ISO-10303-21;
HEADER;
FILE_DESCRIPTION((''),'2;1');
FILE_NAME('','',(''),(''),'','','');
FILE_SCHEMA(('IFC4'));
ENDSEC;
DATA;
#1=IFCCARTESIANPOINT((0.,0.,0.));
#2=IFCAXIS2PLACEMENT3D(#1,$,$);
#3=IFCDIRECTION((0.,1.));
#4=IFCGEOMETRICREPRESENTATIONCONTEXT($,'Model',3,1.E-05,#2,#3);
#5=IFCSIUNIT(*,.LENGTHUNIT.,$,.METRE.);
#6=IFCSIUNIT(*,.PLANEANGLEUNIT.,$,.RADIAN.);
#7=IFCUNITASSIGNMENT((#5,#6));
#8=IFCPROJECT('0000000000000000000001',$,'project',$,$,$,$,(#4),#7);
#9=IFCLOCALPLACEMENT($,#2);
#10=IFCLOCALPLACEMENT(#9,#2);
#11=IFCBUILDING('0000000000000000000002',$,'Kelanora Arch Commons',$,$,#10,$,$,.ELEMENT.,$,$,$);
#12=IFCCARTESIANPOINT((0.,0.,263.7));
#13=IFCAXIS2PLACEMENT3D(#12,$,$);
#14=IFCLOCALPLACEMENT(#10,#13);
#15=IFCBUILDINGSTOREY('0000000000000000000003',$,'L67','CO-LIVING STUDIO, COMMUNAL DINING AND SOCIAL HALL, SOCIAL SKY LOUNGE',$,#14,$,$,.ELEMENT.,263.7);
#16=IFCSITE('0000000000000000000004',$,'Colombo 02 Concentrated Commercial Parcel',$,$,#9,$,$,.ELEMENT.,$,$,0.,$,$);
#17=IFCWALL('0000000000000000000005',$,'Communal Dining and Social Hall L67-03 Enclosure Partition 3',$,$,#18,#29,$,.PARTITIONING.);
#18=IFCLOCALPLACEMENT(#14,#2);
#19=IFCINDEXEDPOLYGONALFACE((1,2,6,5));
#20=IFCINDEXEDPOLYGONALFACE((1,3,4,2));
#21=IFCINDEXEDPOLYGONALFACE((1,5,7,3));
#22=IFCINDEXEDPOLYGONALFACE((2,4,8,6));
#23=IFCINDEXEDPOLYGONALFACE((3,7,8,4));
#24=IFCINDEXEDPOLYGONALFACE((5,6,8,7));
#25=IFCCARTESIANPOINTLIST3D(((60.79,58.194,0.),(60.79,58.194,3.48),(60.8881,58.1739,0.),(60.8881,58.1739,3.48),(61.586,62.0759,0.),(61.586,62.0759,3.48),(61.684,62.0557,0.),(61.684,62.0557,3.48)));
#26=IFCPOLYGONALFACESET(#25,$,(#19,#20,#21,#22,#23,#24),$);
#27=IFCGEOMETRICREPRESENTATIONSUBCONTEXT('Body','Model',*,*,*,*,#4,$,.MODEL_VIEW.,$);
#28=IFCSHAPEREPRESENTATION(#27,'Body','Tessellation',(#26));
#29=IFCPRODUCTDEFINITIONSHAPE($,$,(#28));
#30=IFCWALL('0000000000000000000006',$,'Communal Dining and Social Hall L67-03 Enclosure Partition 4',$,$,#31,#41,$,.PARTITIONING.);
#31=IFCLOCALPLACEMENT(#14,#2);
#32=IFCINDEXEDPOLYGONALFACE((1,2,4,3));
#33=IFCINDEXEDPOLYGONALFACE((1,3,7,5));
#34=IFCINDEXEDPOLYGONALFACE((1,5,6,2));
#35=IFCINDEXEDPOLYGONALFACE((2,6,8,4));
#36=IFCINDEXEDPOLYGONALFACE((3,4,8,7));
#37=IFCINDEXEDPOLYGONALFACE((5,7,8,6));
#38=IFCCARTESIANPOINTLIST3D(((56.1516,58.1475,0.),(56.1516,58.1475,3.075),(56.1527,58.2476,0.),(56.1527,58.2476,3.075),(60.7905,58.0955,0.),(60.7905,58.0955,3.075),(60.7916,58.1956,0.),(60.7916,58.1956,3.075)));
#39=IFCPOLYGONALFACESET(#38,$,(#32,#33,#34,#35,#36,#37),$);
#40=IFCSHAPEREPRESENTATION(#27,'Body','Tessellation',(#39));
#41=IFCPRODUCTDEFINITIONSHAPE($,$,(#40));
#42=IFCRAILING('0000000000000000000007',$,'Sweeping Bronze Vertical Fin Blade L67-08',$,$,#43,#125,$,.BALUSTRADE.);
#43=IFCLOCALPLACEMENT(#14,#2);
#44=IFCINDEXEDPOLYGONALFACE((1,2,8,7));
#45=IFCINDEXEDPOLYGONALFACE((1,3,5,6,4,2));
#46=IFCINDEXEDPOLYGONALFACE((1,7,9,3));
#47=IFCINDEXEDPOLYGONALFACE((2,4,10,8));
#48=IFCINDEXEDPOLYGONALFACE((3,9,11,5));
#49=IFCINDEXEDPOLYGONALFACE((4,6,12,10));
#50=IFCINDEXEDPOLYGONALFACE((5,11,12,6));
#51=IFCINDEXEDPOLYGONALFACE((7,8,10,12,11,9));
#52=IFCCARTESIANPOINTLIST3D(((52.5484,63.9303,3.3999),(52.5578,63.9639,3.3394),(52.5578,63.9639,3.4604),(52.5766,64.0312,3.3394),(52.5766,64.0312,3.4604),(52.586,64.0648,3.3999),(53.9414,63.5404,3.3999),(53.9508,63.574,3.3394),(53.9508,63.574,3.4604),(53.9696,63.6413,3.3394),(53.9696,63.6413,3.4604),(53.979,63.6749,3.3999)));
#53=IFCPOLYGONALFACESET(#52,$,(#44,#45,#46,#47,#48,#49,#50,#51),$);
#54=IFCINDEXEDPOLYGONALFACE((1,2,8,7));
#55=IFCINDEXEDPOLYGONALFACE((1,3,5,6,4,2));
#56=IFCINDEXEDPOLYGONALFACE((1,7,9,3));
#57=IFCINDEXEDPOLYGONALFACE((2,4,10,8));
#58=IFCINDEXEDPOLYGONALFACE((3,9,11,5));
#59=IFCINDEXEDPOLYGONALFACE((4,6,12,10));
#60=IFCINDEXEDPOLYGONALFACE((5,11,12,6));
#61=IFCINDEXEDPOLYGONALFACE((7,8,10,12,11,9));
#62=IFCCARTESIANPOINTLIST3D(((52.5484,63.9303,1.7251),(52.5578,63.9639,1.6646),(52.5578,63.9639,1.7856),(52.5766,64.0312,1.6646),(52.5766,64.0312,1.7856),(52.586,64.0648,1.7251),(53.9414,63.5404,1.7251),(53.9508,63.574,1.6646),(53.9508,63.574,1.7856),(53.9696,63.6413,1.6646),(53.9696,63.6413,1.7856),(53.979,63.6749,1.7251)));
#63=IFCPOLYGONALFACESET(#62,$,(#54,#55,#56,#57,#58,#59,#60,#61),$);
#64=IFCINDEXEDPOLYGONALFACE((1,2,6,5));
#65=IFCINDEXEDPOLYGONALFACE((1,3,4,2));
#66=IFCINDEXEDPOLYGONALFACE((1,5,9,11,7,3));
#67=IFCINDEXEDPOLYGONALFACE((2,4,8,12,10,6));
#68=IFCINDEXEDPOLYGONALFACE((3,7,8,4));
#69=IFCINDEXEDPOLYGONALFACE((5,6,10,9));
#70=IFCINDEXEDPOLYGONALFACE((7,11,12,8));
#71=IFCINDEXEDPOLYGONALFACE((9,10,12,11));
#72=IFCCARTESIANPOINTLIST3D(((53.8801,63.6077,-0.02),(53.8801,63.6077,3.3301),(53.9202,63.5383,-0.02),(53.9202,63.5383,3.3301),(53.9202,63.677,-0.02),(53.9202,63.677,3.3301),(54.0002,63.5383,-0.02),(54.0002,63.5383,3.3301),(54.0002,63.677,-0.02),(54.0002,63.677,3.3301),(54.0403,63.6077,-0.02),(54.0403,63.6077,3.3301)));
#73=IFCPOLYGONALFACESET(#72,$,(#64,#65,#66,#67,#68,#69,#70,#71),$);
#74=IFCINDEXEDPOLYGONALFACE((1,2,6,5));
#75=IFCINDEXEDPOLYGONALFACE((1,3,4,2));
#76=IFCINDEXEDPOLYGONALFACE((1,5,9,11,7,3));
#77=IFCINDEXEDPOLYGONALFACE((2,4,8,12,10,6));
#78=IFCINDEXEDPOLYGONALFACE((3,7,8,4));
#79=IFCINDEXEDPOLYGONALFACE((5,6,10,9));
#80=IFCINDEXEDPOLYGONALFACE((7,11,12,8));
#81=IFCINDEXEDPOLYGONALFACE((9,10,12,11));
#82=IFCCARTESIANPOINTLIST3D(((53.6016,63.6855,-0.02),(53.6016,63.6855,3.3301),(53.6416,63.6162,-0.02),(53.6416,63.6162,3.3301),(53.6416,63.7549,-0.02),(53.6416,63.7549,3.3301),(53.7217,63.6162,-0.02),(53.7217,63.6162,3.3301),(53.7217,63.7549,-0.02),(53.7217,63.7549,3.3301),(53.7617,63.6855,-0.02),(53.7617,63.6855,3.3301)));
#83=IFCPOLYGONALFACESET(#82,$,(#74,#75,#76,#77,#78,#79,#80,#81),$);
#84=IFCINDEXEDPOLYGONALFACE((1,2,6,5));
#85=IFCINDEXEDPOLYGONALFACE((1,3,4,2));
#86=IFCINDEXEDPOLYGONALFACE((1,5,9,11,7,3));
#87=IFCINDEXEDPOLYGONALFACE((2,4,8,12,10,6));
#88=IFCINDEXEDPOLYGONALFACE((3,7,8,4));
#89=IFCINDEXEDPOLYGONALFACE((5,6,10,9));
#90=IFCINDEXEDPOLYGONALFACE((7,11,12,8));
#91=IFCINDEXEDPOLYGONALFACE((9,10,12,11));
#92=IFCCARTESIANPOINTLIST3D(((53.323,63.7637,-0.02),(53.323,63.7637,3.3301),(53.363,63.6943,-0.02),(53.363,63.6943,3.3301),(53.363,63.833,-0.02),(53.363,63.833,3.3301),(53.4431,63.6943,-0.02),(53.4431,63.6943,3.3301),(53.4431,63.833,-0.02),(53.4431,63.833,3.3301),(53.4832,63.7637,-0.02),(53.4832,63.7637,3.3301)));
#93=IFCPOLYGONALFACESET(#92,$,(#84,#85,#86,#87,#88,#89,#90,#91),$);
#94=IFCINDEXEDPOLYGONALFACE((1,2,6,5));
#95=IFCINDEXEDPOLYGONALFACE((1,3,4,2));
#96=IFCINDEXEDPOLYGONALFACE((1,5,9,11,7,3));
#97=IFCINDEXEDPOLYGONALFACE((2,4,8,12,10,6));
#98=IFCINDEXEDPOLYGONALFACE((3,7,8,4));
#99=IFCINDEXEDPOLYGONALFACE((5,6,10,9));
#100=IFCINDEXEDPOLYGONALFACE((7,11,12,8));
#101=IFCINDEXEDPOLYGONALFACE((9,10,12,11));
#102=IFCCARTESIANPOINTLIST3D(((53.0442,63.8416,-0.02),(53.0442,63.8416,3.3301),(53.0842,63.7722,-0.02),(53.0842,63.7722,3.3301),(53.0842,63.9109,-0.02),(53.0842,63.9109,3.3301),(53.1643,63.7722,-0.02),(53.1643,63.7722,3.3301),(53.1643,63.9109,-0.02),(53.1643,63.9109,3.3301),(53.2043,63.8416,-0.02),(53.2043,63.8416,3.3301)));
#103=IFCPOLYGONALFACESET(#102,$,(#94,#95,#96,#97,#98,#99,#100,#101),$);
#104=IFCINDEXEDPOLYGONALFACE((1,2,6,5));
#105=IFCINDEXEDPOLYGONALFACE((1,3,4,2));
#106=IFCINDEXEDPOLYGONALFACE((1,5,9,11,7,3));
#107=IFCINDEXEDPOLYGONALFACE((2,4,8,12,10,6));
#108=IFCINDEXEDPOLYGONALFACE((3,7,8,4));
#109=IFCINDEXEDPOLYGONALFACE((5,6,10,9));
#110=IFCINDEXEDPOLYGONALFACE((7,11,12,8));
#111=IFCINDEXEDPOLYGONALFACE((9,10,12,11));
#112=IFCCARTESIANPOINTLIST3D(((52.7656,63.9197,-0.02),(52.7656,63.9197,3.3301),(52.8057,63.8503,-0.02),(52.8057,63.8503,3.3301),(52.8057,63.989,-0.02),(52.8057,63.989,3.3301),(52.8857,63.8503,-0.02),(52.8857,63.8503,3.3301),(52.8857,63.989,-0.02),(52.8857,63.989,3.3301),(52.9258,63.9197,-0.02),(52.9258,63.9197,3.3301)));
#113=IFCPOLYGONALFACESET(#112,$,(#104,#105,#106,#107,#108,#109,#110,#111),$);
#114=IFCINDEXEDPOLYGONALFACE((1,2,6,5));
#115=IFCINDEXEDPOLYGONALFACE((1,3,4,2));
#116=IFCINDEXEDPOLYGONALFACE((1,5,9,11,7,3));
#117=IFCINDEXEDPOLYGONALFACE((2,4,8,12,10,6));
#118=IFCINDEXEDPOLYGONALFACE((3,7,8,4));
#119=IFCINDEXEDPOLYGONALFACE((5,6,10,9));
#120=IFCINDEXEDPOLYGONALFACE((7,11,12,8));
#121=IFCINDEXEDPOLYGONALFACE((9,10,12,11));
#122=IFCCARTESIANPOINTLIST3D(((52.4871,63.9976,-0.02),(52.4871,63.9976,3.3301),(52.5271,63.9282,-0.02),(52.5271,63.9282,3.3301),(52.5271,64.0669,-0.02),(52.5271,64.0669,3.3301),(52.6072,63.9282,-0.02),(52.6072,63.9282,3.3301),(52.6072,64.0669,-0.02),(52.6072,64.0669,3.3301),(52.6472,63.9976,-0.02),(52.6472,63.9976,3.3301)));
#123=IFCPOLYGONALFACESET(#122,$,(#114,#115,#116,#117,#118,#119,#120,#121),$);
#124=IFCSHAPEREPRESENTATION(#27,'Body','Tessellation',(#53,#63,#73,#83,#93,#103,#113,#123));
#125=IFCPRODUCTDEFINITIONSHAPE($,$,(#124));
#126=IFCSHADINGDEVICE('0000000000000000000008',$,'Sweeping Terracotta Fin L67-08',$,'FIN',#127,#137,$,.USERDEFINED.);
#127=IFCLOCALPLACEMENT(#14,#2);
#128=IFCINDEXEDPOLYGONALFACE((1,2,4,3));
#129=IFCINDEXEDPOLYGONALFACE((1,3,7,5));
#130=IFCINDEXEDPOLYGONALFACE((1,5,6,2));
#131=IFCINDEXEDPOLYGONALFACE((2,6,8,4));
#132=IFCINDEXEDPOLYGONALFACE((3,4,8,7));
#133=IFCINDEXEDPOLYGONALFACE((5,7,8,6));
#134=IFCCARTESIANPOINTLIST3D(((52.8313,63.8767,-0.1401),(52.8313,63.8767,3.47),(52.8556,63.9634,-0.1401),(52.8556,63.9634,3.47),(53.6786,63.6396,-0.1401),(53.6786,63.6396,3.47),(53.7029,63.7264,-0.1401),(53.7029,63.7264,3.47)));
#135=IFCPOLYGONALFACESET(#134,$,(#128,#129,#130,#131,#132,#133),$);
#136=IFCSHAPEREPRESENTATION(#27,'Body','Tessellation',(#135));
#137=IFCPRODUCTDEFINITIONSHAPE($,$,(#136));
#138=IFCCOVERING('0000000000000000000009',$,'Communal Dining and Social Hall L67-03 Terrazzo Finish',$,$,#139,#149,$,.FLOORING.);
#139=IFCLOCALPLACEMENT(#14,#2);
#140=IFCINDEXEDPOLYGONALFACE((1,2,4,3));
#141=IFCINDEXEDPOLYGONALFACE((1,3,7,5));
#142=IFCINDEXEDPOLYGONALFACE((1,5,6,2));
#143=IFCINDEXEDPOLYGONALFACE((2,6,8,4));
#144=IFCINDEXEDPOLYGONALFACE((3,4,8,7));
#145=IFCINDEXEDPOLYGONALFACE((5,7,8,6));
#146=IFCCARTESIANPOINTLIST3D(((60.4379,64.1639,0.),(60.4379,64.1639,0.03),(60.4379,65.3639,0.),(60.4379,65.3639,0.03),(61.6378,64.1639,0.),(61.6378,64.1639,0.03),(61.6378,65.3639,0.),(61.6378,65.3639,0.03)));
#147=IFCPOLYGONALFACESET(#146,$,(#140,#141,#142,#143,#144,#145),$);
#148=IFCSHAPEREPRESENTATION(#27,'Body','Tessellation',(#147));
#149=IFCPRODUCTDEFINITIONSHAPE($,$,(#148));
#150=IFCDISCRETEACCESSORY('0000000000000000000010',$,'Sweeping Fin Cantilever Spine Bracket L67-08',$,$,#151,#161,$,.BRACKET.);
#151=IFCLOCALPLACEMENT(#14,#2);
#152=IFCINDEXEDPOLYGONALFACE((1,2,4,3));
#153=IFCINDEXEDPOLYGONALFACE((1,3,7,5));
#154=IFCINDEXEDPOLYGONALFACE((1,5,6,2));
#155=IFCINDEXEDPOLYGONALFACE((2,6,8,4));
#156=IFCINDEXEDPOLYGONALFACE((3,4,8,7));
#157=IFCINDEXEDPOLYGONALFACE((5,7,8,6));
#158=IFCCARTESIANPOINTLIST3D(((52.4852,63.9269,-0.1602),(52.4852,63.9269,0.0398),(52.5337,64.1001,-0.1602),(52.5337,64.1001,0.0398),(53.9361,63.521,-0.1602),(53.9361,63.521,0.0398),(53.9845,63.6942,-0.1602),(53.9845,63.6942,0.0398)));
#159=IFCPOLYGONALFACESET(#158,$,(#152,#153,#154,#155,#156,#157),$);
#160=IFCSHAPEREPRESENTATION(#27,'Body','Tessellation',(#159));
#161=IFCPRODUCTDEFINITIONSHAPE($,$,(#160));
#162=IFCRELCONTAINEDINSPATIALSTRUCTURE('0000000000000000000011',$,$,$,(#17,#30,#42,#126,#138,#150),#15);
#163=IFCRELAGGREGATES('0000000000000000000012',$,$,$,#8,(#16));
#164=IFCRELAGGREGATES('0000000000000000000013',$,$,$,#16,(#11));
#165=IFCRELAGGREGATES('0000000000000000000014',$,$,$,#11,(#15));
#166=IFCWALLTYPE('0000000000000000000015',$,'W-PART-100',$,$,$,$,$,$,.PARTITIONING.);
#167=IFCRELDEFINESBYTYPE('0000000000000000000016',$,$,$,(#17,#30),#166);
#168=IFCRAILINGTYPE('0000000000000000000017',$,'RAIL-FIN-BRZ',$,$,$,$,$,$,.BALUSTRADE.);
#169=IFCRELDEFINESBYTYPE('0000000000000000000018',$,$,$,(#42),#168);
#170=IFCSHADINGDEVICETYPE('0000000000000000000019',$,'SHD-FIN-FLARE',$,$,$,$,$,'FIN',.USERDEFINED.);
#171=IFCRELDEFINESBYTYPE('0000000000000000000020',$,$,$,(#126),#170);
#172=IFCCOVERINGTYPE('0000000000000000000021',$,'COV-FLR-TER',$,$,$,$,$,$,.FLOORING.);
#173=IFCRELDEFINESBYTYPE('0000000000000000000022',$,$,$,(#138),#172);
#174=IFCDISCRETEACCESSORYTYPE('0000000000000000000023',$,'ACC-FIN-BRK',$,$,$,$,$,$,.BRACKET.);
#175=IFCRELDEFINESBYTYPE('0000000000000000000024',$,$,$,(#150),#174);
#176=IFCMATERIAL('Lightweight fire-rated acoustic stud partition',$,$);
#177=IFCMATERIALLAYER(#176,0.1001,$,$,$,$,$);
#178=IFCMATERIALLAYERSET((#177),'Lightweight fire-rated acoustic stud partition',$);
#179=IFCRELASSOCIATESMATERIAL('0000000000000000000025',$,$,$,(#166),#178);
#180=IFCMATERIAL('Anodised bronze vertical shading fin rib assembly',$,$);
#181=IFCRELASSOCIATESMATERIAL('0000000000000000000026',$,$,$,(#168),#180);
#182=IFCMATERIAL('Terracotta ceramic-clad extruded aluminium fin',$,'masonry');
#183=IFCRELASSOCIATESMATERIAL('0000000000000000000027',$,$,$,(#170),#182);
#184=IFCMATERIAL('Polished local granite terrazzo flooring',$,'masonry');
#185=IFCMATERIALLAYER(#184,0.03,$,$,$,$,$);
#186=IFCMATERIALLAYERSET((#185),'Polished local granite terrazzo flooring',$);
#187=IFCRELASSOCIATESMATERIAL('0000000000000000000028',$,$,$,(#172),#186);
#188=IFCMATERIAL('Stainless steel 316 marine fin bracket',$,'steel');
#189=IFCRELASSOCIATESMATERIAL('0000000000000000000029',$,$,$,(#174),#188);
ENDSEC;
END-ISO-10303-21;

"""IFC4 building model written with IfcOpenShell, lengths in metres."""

from ifc_helpers import new_model, si_unit, direction, frame, frame_2d, origin, origin_2d, place, context, subcontext, project, spatial, polyline, rectangle, outline, extrude, source, transform, mapped, material, layer, layer_set, type_object, element, save


model = new_model("IFC4")

# Units and contexts
model_context = context("Model", 3, precision=1e-05, world=origin(), true_north=direction((0.0, 1.0)))
body_context = subcontext(model_context, "Body", "Model", "MODEL_VIEW")
ifc_project = project(units=[si_unit("LENGTHUNIT", "METRE"), si_unit("PLANEANGLEUNIT", "RADIAN")], contexts=[model_context])

# Site, building, storey
site_placement = place(None, origin())
site = spatial("IfcSite", under=ifc_project, at=site_placement, Name="Colombo 02 Concentrated Commercial Parcel", CompositionType="ELEMENT", RefElevation=0.0)
building_placement = place(site_placement, origin())
building = spatial("IfcBuilding", under=site, at=building_placement, Name="Kelanora Arch Commons", CompositionType="ELEMENT")
storey_placement = place(building_placement, frame((0.0, 0.0, 263.7)))
storey = spatial("IfcBuildingStorey", under=building, at=storey_placement, Name="L67", Description="CO-LIVING STUDIO, COMMUNAL DINING AND SOCIAL HALL, SOCIAL SKY LOUNGE", CompositionType="ELEMENT", Elevation=263.7)

# Walls
ifc_material_1 = material(Name="Lightweight fire-rated acoustic stud partition")
ifc_layer_1 = layer(ifc_material_1, 0.1001)
ifc_layer_set_1 = layer_set([ifc_layer_1], Name="Lightweight fire-rated acoustic stud partition")
wall_type = type_object("IfcWallType", Name="W-PART-100", PredefinedType="PARTITIONING", material=ifc_layer_set_1)
wall_1_placement = place(storey_placement, frame((61.635, 62.0659, 0.0), z_axis=(0.0, 0.0, 1.0), x_axis=(-0.200853, -0.979621, 0.0)))
element("IfcWall", 1, at=wall_1_placement, inside=storey, type_object=wall_type, Name="Communal Dining and Social Hall L67-03 Enclosure Partition 3", PredefinedType="PARTITIONING", context=body_context, shape_type="SweptSolid", body=[
    extrude(rectangle(XDim=3.9626, YDim=0.1001, at=frame_2d((1.9814, 0.0))), origin(), (0.0, 0.0, 1.0), 3.48),
])
wall_2_placement = place(storey_placement, frame((60.791, 58.1455, 0.0), z_axis=(0.0, 0.0, 1.0), x_axis=(-0.999937, 0.011209, 0.0)))
element("IfcWall", 2, at=wall_2_placement, inside=storey, type_object=wall_type, Name="Communal Dining and Social Hall L67-03 Enclosure Partition 4", PredefinedType="PARTITIONING", context=body_context, shape_type="SweptSolid", body=[
    extrude(rectangle(XDim=4.6392, YDim=0.1001, at=frame_2d((2.3196, 0.0))), origin(), (0.0, 0.0, 1.0), 3.075),
])

# Railing
ifc_material_2 = material(Name="Anodised bronze vertical shading fin rib assembly")
railing_type = type_object("IfcRailingType", Name="RAIL-FIN-BRZ", PredefinedType="BALUSTRADE", material=ifc_material_2)
railing_placement = place(storey_placement, frame((53.9602, 63.6077, -0.02)))
element("IfcRailing", 3, at=railing_placement, inside=storey, type_object=railing_type, Name="Sweeping Bronze Vertical Fin Blade L67-08", PredefinedType="BALUSTRADE", context=body_context, shape_type="SweptSolid", body=[
    extrude(outline(polyline([(0.0698, 0.0), (0.0349, 0.0605), (-0.0349, 0.0605), (-0.0698, 0.0), (-0.0349, -0.0605), (0.0349, -0.0605), (0.0698, 0.0)])), frame((0.0, 0.0, 3.4199), z_axis=(-0.962994, 0.269524, 0.0), x_axis=(-0.269524, -0.962994, 0.0)), (0.0, 0.0, 1.0), 1.4465),
    extrude(outline(polyline([(0.0698, 0.0), (0.0349, 0.0605), (-0.0349, 0.0605), (-0.0698, 0.0), (-0.0349, -0.0605), (0.0349, -0.0605), (0.0698, 0.0)])), frame((0.0, 0.0, 1.7451), z_axis=(-0.962994, 0.269524, 0.0), x_axis=(-0.269524, -0.962994, 0.0)), (0.0, 0.0, 1.0), 1.4465),
    extrude(outline(polyline([(0.0801, 0.0), (0.04, 0.0693), (-0.04, 0.0693), (-0.0801, 0.0), (-0.04, -0.0693), (0.04, -0.0693), (0.0801, 0.0)])), origin(), (0.0, 0.0, 1.0), 3.3501),
    extrude(outline(polyline([(0.0801, 0.0), (0.04, 0.0693), (-0.04, 0.0693), (-0.0801, 0.0), (-0.04, -0.0693), (0.04, -0.0693), (0.0801, 0.0)])), frame((-0.2786, 0.0779, 0.0)), (0.0, 0.0, 1.0), 3.3501),
    extrude(outline(polyline([(0.0801, 0.0), (0.04, 0.0693), (-0.04, 0.0693), (-0.0801, 0.0), (-0.04, -0.0693), (0.04, -0.0693), (0.0801, 0.0)])), frame((-0.5571, 0.156, 0.0)), (0.0, 0.0, 1.0), 3.3501),
    extrude(outline(polyline([(0.0801, 0.0), (0.04, 0.0693), (-0.04, 0.0693), (-0.0801, 0.0), (-0.04, -0.0693), (0.04, -0.0693), (0.0801, 0.0)])), frame((-0.8359, 0.2339, 0.0)), (0.0, 0.0, 1.0), 3.3501),
    extrude(outline(polyline([(0.0801, 0.0), (0.04, 0.0693), (-0.04, 0.0693), (-0.0801, 0.0), (-0.04, -0.0693), (0.04, -0.0693), (0.0801, 0.0)])), frame((-1.1145, 0.312, 0.0)), (0.0, 0.0, 1.0), 3.3501),
    extrude(outline(polyline([(0.0801, 0.0), (0.04, 0.0693), (-0.04, 0.0693), (-0.0801, 0.0), (-0.04, -0.0693), (0.04, -0.0693), (0.0801, 0.0)])), frame((-1.3931, 0.3899, 0.0)), (0.0, 0.0, 1.0), 3.3501),
])

# Shading device
ifc_material_3 = material(Name="Terracotta ceramic-clad extruded aluminium fin", Category="masonry")
shading_device_type = type_object("IfcShadingDeviceType", Name="SHD-FIN-FLARE", ElementType="FIN", PredefinedType="USERDEFINED", material=ifc_material_3)
shared_shape_1 = source(origin(), body_context, "Body", "SweptSolid", [
    extrude(rectangle(XDim=0.8799, YDim=0.0901, at=origin_2d()), origin(), (0.0, 0.0, 1.0), 3.6101),
])
shading_device_placement = place(storey_placement, frame((53.2671, 63.8015, -0.1401), z_axis=(0.0, 0.0, 1.0), x_axis=(-0.963022, 0.269424, 0.0)))
element("IfcShadingDevice", 4, at=shading_device_placement, inside=storey, type_object=shading_device_type, Name="Sweeping Terracotta Fin L67-08", ObjectType="FIN", PredefinedType="USERDEFINED", context=body_context, shape_type="MappedRepresentation", body=[
    mapped(shared_shape_1, transform((0.0, 0.0, 0.0), scale=1.0)),
])

# Covering
ifc_material_4 = material(Name="Polished local granite terrazzo flooring", Category="masonry")
ifc_layer_2 = layer(ifc_material_4, 0.03)
ifc_layer_set_2 = layer_set([ifc_layer_2], Name="Polished local granite terrazzo flooring")
covering_type = type_object("IfcCoveringType", Name="COV-FLR-TER", PredefinedType="FLOORING", material=ifc_layer_set_2)
shared_shape_2 = source(origin(), body_context, "Body", "SweptSolid", [
    extrude(rectangle(XDim=1.2, YDim=1.2, at=origin_2d()), origin(), (0.0, 0.0, 1.0), 0.03),
])
covering_placement = place(storey_placement, frame((61.0378, 64.7639, 0.0), z_axis=(0.0, 0.0, 1.0), x_axis=(1.0, 0.0, 0.0)))
element("IfcCovering", 5, at=covering_placement, inside=storey, type_object=covering_type, Name="Communal Dining and Social Hall L67-03 Terrazzo Finish", PredefinedType="FLOORING", context=body_context, shape_type="MappedRepresentation", body=[
    mapped(shared_shape_2, transform((0.0, 0.0, 0.0), scale=1.0)),
])

# Discrete accessory
ifc_material_5 = material(Name="Stainless steel 316 marine fin bracket", Category="steel")
discrete_accessory_type = type_object("IfcDiscreteAccessoryType", Name="ACC-FIN-BRK", PredefinedType="BRACKET", material=ifc_material_5)
shared_shape_3 = source(origin(), body_context, "Body", "SweptSolid", [
    extrude(rectangle(XDim=1.5066, YDim=0.1799, at=origin_2d()), origin(), (0.0, 0.0, 1.0), 0.2),
])
discrete_accessory_placement = place(storey_placement, frame((53.2349, 63.8105, -0.1602), z_axis=(0.0, 0.0, 1.0), x_axis=(-0.963022, 0.269424, 0.0)))
element("IfcDiscreteAccessory", 6, at=discrete_accessory_placement, inside=storey, type_object=discrete_accessory_type, Name="Sweeping Fin Cantilever Spine Bracket L67-08", PredefinedType="BRACKET", context=body_context, shape_type="MappedRepresentation", body=[
    mapped(shared_shape_3, transform((0.0, 0.0, 0.0), scale=1.0)),
])

save(model, "model.ifc")
